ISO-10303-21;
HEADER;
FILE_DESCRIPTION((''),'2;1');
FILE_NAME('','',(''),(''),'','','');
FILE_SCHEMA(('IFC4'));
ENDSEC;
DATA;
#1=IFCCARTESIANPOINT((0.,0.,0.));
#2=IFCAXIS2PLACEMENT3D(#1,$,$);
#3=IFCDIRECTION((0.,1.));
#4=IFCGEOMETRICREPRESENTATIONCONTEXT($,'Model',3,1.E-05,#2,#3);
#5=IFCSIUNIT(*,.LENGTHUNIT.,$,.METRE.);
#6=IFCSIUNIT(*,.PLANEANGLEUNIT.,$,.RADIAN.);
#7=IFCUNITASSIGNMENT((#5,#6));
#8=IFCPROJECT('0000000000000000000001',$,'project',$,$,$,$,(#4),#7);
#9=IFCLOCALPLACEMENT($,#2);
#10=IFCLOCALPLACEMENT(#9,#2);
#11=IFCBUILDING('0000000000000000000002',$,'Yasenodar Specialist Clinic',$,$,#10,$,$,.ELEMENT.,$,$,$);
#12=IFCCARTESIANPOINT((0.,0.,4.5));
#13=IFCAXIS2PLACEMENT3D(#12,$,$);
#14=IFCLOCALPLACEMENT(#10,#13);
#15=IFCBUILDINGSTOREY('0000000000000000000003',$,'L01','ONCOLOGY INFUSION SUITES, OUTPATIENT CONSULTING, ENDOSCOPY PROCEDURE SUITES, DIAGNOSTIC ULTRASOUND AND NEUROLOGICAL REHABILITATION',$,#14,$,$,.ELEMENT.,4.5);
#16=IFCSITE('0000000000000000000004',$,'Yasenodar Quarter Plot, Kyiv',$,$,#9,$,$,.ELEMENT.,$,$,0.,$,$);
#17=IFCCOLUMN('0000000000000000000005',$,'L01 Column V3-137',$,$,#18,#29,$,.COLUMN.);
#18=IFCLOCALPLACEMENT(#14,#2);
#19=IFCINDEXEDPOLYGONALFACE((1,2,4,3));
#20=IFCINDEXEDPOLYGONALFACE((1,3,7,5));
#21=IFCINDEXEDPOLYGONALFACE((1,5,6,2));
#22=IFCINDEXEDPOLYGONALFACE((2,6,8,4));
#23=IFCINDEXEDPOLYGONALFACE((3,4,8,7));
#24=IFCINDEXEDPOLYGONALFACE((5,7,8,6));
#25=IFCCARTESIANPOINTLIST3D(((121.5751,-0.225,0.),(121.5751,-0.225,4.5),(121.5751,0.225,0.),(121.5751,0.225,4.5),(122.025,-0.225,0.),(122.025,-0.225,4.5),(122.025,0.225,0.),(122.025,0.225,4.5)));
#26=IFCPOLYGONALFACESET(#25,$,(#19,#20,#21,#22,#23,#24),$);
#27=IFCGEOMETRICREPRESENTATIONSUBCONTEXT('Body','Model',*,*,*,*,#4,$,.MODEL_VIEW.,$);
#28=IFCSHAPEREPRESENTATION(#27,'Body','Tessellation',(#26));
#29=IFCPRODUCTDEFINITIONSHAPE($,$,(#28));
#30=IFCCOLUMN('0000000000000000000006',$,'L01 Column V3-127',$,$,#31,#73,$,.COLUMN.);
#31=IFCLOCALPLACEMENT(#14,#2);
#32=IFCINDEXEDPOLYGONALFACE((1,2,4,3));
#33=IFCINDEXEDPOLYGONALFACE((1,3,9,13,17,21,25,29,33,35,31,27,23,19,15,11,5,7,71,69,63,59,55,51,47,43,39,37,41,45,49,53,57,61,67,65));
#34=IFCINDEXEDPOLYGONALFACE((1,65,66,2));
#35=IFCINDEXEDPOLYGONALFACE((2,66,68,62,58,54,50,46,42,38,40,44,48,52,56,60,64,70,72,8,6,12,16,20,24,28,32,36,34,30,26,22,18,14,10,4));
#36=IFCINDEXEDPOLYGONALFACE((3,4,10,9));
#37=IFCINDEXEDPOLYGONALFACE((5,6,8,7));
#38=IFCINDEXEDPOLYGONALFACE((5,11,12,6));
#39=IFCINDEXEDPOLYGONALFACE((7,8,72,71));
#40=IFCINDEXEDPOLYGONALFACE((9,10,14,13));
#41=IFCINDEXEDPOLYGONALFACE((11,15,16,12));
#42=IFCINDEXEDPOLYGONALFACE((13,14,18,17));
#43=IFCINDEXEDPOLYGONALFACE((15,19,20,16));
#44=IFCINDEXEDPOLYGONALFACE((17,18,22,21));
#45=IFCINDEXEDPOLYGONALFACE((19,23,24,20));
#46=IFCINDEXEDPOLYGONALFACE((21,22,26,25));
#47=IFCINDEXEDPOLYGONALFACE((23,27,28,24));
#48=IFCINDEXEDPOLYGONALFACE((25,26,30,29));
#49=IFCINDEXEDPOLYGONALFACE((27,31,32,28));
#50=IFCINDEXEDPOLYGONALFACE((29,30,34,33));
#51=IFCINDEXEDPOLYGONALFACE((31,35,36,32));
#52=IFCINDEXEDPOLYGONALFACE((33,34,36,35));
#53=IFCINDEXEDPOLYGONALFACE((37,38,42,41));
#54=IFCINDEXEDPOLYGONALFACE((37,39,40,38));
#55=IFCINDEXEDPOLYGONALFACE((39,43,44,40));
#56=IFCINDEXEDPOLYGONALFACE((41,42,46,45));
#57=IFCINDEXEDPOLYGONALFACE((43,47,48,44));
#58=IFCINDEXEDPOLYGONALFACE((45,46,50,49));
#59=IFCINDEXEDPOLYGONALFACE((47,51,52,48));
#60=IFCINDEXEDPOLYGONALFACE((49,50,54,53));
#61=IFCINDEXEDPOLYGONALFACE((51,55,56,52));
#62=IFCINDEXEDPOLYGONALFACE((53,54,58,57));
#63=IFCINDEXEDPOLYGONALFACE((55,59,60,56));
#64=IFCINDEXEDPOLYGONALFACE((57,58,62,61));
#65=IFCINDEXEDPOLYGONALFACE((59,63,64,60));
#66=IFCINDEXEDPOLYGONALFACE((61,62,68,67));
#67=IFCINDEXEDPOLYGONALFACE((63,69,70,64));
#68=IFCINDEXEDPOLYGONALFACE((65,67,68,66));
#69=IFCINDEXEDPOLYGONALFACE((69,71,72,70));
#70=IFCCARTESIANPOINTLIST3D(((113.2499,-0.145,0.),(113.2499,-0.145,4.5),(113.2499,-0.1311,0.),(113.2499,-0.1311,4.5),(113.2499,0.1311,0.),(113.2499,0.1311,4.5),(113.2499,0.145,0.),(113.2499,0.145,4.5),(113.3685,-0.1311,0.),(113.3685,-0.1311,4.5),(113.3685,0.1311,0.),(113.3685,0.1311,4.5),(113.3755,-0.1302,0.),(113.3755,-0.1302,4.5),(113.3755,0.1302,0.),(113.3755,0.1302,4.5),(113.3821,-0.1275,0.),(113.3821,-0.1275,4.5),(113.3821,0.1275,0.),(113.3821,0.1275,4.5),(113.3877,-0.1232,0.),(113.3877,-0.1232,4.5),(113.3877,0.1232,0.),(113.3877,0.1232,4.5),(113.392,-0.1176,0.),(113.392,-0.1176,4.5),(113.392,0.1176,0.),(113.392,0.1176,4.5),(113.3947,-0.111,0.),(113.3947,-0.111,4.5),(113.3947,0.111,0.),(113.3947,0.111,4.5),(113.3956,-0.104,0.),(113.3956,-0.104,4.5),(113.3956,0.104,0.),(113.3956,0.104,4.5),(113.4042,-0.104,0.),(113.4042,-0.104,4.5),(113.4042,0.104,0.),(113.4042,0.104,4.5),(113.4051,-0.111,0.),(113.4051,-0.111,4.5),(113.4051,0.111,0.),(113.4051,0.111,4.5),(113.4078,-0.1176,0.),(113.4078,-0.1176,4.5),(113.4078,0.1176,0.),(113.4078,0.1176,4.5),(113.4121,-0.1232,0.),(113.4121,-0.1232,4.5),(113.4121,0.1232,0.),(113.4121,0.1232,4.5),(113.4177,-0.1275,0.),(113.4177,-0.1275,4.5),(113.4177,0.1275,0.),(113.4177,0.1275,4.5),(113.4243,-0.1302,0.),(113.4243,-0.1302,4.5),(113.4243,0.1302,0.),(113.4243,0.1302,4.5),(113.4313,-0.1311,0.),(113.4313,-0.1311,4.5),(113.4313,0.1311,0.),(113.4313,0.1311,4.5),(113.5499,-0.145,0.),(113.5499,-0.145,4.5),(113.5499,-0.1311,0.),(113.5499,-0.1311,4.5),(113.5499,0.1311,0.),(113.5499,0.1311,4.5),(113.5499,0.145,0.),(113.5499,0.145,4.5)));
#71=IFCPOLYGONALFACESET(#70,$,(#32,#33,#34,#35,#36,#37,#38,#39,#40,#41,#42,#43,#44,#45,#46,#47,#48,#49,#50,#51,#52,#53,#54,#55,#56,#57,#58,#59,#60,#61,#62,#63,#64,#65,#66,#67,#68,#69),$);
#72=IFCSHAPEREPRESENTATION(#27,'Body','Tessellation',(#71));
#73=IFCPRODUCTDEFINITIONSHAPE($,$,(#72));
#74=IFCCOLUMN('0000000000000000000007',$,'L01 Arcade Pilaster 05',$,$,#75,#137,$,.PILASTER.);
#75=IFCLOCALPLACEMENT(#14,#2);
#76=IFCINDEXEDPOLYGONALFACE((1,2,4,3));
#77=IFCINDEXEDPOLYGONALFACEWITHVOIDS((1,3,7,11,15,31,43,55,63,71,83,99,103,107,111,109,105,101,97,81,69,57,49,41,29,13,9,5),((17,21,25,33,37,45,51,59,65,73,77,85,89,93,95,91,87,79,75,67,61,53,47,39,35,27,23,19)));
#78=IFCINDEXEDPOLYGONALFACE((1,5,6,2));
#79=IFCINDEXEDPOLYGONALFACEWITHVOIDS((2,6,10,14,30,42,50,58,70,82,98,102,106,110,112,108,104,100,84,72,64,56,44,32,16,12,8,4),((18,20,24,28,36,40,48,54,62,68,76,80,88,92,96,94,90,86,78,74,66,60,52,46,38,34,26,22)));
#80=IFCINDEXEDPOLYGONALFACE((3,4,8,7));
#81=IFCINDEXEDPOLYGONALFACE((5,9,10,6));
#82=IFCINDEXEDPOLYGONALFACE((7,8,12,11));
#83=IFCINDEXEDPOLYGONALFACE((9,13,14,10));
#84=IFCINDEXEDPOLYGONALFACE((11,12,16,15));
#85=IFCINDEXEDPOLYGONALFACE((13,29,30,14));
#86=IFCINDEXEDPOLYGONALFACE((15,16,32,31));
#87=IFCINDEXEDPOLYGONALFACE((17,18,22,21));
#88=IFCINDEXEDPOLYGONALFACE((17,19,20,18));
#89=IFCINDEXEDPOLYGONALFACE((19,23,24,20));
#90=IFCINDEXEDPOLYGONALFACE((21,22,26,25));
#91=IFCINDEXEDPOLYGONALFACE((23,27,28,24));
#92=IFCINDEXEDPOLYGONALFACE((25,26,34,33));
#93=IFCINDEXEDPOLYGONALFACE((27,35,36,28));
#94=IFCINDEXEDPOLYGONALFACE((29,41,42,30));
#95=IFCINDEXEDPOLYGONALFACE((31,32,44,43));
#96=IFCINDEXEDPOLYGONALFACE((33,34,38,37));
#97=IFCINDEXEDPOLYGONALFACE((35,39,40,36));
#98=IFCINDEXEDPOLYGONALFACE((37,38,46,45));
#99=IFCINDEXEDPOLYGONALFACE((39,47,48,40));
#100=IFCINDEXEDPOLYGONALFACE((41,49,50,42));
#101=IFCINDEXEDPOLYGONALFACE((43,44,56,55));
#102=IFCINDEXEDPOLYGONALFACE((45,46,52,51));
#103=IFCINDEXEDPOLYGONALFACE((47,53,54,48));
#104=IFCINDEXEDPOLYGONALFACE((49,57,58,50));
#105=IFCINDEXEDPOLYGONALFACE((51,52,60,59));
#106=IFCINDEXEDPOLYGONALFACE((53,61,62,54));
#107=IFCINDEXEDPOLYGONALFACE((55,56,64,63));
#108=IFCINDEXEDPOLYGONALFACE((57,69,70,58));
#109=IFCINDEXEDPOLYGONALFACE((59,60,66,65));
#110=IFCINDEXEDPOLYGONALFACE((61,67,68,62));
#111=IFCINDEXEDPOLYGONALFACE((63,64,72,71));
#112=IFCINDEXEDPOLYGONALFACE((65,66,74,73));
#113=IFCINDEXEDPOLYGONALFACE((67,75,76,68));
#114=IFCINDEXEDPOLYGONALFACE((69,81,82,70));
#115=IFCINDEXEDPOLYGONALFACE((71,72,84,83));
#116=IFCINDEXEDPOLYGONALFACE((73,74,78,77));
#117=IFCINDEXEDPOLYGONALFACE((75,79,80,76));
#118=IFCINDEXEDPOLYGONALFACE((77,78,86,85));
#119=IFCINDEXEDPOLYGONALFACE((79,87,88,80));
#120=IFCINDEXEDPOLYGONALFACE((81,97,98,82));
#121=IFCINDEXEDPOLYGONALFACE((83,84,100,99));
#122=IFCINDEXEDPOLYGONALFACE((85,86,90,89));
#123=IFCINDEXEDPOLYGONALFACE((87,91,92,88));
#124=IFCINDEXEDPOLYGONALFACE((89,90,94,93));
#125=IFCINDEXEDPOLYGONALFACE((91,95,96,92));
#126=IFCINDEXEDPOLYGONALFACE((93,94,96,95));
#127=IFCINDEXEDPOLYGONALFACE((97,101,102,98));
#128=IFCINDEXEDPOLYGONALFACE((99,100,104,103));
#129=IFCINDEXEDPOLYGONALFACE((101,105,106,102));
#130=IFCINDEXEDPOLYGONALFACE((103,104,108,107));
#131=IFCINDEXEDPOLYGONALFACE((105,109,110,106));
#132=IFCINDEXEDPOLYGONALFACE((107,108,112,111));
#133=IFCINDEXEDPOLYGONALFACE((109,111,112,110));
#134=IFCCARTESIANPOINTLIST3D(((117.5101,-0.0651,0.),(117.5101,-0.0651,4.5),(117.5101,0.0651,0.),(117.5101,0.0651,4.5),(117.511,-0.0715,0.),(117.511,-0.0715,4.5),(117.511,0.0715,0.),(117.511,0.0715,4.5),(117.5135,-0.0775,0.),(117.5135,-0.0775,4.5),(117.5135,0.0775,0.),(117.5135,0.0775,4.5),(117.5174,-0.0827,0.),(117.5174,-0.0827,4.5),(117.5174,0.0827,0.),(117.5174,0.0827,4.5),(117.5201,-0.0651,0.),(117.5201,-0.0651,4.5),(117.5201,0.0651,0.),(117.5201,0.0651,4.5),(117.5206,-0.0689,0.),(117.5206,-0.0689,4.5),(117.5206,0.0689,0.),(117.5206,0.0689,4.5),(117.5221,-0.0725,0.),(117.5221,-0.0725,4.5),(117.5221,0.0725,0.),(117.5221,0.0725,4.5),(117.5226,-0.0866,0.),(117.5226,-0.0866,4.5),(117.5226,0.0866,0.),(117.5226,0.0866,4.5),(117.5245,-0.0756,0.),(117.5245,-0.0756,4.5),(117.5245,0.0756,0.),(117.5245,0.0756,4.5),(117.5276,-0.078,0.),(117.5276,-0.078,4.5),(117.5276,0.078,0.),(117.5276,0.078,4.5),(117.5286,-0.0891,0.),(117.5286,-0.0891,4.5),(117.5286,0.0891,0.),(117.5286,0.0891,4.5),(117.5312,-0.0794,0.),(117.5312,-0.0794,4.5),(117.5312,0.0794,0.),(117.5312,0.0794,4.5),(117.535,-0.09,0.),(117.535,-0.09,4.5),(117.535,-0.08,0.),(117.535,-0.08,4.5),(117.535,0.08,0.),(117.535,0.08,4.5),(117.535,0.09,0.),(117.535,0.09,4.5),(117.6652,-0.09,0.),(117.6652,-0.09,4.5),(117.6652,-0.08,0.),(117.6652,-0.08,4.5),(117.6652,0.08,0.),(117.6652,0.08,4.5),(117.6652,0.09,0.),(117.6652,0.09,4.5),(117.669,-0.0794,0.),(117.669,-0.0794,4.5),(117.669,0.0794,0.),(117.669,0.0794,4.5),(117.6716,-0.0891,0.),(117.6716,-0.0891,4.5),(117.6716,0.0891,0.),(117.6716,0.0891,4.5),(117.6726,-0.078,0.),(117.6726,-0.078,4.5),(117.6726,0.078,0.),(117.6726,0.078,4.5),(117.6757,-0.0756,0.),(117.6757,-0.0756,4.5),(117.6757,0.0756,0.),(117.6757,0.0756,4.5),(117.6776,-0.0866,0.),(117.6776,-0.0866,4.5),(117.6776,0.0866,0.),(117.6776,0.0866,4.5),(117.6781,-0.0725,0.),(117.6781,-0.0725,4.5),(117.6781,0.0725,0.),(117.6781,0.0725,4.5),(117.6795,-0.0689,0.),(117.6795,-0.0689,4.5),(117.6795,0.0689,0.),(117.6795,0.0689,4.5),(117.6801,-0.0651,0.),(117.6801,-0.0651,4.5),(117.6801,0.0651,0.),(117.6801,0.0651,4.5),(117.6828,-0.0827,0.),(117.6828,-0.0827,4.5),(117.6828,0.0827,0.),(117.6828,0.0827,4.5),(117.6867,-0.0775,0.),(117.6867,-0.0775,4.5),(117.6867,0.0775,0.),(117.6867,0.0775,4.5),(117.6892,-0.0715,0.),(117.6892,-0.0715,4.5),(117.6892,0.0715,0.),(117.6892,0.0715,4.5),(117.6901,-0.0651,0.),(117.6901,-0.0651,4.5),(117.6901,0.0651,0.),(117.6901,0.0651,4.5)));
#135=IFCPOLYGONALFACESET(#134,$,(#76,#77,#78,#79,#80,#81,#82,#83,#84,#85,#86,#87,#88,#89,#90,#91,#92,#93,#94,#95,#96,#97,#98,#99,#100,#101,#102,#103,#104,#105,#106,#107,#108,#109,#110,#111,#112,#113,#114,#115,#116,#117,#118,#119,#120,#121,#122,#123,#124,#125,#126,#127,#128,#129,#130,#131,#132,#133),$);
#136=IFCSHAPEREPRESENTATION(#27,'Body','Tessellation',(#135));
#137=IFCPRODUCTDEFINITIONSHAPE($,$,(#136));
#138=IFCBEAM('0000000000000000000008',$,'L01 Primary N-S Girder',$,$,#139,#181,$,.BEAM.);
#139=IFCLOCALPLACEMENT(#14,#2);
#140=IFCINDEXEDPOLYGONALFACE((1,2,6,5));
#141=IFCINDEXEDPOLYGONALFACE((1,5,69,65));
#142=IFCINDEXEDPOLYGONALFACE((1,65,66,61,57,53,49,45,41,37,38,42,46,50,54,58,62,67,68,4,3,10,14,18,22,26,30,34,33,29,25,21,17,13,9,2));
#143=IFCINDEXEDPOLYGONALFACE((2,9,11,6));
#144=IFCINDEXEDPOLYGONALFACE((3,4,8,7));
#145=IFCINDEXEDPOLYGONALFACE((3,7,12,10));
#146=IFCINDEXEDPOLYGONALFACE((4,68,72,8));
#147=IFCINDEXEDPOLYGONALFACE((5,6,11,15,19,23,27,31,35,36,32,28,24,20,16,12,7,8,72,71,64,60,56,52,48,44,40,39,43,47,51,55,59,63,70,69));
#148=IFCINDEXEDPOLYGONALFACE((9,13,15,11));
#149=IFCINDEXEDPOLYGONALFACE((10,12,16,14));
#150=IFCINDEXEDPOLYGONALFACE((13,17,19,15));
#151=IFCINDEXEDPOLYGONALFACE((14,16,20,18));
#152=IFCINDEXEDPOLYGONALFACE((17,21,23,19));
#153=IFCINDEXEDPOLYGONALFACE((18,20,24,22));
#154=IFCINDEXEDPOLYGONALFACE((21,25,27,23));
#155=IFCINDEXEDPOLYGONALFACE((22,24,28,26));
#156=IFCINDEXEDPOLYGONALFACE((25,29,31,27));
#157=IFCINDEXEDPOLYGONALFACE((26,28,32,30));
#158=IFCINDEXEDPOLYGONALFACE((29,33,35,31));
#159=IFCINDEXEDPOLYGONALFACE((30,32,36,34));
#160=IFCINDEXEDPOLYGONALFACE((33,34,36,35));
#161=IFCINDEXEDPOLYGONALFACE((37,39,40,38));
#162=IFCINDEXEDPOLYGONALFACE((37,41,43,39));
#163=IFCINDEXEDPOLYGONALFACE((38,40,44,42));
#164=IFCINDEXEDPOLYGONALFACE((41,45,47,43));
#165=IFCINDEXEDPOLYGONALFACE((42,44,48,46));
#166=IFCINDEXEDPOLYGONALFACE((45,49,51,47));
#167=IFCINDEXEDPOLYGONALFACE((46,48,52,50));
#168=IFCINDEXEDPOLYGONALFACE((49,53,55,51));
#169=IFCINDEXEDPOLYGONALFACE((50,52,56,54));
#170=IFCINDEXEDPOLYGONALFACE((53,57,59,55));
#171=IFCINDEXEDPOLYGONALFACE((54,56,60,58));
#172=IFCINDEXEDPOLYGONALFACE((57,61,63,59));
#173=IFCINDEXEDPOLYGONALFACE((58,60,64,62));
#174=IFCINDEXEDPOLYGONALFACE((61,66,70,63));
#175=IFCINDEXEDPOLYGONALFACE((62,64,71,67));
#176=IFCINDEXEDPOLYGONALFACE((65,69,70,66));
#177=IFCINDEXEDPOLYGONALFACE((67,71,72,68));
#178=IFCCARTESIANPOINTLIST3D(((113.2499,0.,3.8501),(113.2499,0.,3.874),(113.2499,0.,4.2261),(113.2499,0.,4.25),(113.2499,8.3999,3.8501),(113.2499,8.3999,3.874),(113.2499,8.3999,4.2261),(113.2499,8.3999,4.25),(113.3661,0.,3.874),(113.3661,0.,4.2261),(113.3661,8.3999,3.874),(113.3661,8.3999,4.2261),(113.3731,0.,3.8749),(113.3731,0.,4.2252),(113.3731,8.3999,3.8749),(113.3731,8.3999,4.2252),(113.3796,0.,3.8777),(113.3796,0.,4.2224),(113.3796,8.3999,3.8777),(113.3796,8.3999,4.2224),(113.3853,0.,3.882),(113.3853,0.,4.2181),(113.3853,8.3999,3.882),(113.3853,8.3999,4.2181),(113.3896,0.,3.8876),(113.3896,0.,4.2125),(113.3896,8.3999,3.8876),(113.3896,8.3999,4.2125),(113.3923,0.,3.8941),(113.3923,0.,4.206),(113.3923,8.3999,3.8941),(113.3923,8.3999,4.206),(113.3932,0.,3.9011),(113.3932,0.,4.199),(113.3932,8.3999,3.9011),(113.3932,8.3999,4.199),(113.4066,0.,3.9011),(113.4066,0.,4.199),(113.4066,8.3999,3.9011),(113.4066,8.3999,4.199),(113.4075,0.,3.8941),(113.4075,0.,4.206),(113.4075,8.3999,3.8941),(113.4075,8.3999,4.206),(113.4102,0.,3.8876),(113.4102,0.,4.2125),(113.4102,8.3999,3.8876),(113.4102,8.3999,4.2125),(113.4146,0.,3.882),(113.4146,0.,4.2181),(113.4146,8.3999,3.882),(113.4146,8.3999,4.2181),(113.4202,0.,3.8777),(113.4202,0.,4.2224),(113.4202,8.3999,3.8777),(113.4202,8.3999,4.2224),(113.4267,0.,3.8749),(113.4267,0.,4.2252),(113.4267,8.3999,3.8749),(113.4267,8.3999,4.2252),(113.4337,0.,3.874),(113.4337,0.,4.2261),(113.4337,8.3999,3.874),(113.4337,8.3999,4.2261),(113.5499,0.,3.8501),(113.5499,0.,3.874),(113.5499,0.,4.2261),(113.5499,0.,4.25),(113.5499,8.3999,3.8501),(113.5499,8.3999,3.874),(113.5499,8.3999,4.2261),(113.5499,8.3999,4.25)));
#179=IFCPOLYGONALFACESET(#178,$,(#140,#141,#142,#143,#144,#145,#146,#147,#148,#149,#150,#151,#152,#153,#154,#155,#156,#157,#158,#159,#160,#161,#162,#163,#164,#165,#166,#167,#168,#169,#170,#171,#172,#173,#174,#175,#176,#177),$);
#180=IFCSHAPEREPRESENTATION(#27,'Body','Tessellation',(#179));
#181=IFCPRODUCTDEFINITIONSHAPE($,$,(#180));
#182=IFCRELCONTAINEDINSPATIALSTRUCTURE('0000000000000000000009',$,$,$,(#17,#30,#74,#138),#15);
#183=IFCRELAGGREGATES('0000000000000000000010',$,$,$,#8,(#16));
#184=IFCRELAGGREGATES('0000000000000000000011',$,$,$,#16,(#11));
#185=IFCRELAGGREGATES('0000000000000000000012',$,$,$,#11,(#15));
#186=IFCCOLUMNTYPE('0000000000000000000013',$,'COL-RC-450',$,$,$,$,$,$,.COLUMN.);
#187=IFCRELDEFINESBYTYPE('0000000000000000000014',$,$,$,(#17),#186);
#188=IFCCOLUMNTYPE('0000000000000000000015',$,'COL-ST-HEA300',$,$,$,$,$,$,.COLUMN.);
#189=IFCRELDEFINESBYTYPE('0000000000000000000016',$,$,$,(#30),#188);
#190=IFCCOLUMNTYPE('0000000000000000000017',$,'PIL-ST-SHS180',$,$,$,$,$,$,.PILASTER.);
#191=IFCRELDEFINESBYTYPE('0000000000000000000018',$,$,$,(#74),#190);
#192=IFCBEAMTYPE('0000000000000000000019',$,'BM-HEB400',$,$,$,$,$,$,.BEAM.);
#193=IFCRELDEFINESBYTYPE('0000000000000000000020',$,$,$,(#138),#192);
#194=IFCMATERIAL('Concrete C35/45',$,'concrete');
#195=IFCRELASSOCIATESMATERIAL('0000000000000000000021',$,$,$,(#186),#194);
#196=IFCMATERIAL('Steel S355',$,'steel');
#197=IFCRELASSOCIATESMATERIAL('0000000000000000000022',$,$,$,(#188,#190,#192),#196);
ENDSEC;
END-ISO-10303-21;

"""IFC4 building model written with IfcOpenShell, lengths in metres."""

from ifc_helpers import new_model, si_unit, direction, frame, origin, origin_2d, place, context, subcontext, project, spatial, rectangle, hollow_rectangle, i_section, extrude, material, material_profile, profile_set, type_object, element, save


model = new_model("IFC4")

# Units and contexts
model_context = context("Model", 3, precision=1e-05, world=origin(), true_north=direction((0.0, 1.0)))
body_context = subcontext(model_context, "Body", "Model", "MODEL_VIEW")
ifc_project = project(units=[si_unit("LENGTHUNIT", "METRE"), si_unit("PLANEANGLEUNIT", "RADIAN")], contexts=[model_context])

# Site, building, storey
site_placement = place(None, origin())
site = spatial("IfcSite", under=ifc_project, at=site_placement, Name="Yasenodar Quarter Plot, Kyiv", CompositionType="ELEMENT", RefElevation=0.0)
building_placement = place(site_placement, origin())
building = spatial("IfcBuilding", under=site, at=building_placement, Name="Yasenodar Specialist Clinic", CompositionType="ELEMENT")
storey_placement = place(building_placement, frame((0.0, 0.0, 4.5)))
storey = spatial("IfcBuildingStorey", under=building, at=storey_placement, Name="L01", Description="ONCOLOGY INFUSION SUITES, OUTPATIENT CONSULTING, ENDOSCOPY PROCEDURE SUITES, DIAGNOSTIC ULTRASOUND AND NEUROLOGICAL REHABILITATION", CompositionType="ELEMENT", Elevation=4.5)

# Columns
ifc_material_1 = material(Name="Concrete C35/45", Category="concrete")
ifc_material_profile_1 = material_profile(ifc_material_1, rectangle(XDim=0.45, YDim=0.45, at=origin_2d()), Name="RC 450x450")
ifc_profile_set_1 = profile_set([ifc_material_profile_1], Name="Concrete C35/45")
column_type_1 = type_object("IfcColumnType", Name="COL-RC-450", PredefinedType="COLUMN", material=ifc_profile_set_1)
column_1_placement = place(storey_placement, frame((121.8, 0.0, 0.0), z_axis=(0.0, 0.0, 1.0), x_axis=(1.0, 0.0, 0.0)))
element("IfcColumn", 1, at=column_1_placement, inside=storey, type_object=column_type_1, Name="L01 Column V3-137", PredefinedType="COLUMN", context=body_context, shape_type="SweptSolid", body=[
    extrude(rectangle(XDim=0.45, YDim=0.45, at=origin_2d()), origin(), (0.0, 0.0, 1.0), 4.5),
])
ifc_material_2 = material(Name="Steel S355", Category="steel")
ifc_material_profile_2 = material_profile(ifc_material_2, i_section(OverallWidth=0.3, OverallDepth=0.29, WebThickness=0.0085, FlangeThickness=0.0139, FilletRadius=0.0271, at=origin_2d()), Name="HEA 300")
ifc_profile_set_2 = profile_set([ifc_material_profile_2], Name="Steel S355")
column_type_2 = type_object("IfcColumnType", Name="COL-ST-HEA300", PredefinedType="COLUMN", material=ifc_profile_set_2)
column_2_placement = place(storey_placement, frame((113.3999, 0.0, 0.0), z_axis=(0.0, 0.0, 1.0), x_axis=(1.0, 0.0, 0.0)))
element("IfcColumn", 2, at=column_2_placement, inside=storey, type_object=column_type_2, Name="L01 Column V3-127", PredefinedType="COLUMN", context=body_context, shape_type="SweptSolid", body=[
    extrude(i_section(OverallWidth=0.3, OverallDepth=0.29, WebThickness=0.0085, FlangeThickness=0.0139, FilletRadius=0.0271, at=origin_2d()), origin(), (0.0, 0.0, 1.0), 4.5),
])
ifc_material_profile_3 = material_profile(ifc_material_2, hollow_rectangle(XDim=0.1799, YDim=0.1799, WallThickness=0.01, InnerFilletRadius=0.0149, OuterFilletRadius=0.0249, at=origin_2d()), Name="SHS 180x180x10")
ifc_profile_set_3 = profile_set([ifc_material_profile_3], Name="Steel S355")
column_type_3 = type_object("IfcColumnType", Name="PIL-ST-SHS180", PredefinedType="PILASTER", material=ifc_profile_set_3)
column_3_placement = place(storey_placement, frame((117.6001, 0.0, 0.0), z_axis=(0.0, 0.0, 1.0), x_axis=(1.0, 0.0, 0.0)))
element("IfcColumn", 3, at=column_3_placement, inside=storey, type_object=column_type_3, Name="L01 Arcade Pilaster 05", PredefinedType="PILASTER", context=body_context, shape_type="SweptSolid", body=[
    extrude(hollow_rectangle(XDim=0.1799, YDim=0.1799, WallThickness=0.01, InnerFilletRadius=0.0149, OuterFilletRadius=0.0249, at=origin_2d()), origin(), (0.0, 0.0, 1.0), 4.5),
])

# Beam
ifc_material_profile_4 = material_profile(ifc_material_2, i_section(OverallWidth=0.3, OverallDepth=0.3999, WebThickness=0.0134, FlangeThickness=0.0239, FilletRadius=0.0271, at=origin_2d()), Name="HEB 400")
ifc_profile_set_4 = profile_set([ifc_material_profile_4], Name="Steel S355")
beam_type_1 = type_object("IfcBeamType", Name="BM-HEB400", PredefinedType="BEAM", material=ifc_profile_set_4)
for number, where, z_axis, x_axis, name in (
    (4, (113.3999, 0.0, 4.05), (0.0, 1.0, 0.0), (-1.0, 0.0, 0.0), "L01 Primary N-S Girder"),
):
    element("IfcBeam", number, at=place(storey_placement, frame(where, z_axis=z_axis, x_axis=x_axis)), inside=storey, type_object=beam_type_1, Name=name, PredefinedType="BEAM", context=body_context, shape_type="SweptSolid", body=[
        extrude(i_section(OverallWidth=0.3, OverallDepth=0.3999, WebThickness=0.0134, FlangeThickness=0.0239, FilletRadius=0.0271, at=origin_2d()), origin(), (0.0, 0.0, 1.0), 8.3999),
    ])

save(model, "model.ifc")
